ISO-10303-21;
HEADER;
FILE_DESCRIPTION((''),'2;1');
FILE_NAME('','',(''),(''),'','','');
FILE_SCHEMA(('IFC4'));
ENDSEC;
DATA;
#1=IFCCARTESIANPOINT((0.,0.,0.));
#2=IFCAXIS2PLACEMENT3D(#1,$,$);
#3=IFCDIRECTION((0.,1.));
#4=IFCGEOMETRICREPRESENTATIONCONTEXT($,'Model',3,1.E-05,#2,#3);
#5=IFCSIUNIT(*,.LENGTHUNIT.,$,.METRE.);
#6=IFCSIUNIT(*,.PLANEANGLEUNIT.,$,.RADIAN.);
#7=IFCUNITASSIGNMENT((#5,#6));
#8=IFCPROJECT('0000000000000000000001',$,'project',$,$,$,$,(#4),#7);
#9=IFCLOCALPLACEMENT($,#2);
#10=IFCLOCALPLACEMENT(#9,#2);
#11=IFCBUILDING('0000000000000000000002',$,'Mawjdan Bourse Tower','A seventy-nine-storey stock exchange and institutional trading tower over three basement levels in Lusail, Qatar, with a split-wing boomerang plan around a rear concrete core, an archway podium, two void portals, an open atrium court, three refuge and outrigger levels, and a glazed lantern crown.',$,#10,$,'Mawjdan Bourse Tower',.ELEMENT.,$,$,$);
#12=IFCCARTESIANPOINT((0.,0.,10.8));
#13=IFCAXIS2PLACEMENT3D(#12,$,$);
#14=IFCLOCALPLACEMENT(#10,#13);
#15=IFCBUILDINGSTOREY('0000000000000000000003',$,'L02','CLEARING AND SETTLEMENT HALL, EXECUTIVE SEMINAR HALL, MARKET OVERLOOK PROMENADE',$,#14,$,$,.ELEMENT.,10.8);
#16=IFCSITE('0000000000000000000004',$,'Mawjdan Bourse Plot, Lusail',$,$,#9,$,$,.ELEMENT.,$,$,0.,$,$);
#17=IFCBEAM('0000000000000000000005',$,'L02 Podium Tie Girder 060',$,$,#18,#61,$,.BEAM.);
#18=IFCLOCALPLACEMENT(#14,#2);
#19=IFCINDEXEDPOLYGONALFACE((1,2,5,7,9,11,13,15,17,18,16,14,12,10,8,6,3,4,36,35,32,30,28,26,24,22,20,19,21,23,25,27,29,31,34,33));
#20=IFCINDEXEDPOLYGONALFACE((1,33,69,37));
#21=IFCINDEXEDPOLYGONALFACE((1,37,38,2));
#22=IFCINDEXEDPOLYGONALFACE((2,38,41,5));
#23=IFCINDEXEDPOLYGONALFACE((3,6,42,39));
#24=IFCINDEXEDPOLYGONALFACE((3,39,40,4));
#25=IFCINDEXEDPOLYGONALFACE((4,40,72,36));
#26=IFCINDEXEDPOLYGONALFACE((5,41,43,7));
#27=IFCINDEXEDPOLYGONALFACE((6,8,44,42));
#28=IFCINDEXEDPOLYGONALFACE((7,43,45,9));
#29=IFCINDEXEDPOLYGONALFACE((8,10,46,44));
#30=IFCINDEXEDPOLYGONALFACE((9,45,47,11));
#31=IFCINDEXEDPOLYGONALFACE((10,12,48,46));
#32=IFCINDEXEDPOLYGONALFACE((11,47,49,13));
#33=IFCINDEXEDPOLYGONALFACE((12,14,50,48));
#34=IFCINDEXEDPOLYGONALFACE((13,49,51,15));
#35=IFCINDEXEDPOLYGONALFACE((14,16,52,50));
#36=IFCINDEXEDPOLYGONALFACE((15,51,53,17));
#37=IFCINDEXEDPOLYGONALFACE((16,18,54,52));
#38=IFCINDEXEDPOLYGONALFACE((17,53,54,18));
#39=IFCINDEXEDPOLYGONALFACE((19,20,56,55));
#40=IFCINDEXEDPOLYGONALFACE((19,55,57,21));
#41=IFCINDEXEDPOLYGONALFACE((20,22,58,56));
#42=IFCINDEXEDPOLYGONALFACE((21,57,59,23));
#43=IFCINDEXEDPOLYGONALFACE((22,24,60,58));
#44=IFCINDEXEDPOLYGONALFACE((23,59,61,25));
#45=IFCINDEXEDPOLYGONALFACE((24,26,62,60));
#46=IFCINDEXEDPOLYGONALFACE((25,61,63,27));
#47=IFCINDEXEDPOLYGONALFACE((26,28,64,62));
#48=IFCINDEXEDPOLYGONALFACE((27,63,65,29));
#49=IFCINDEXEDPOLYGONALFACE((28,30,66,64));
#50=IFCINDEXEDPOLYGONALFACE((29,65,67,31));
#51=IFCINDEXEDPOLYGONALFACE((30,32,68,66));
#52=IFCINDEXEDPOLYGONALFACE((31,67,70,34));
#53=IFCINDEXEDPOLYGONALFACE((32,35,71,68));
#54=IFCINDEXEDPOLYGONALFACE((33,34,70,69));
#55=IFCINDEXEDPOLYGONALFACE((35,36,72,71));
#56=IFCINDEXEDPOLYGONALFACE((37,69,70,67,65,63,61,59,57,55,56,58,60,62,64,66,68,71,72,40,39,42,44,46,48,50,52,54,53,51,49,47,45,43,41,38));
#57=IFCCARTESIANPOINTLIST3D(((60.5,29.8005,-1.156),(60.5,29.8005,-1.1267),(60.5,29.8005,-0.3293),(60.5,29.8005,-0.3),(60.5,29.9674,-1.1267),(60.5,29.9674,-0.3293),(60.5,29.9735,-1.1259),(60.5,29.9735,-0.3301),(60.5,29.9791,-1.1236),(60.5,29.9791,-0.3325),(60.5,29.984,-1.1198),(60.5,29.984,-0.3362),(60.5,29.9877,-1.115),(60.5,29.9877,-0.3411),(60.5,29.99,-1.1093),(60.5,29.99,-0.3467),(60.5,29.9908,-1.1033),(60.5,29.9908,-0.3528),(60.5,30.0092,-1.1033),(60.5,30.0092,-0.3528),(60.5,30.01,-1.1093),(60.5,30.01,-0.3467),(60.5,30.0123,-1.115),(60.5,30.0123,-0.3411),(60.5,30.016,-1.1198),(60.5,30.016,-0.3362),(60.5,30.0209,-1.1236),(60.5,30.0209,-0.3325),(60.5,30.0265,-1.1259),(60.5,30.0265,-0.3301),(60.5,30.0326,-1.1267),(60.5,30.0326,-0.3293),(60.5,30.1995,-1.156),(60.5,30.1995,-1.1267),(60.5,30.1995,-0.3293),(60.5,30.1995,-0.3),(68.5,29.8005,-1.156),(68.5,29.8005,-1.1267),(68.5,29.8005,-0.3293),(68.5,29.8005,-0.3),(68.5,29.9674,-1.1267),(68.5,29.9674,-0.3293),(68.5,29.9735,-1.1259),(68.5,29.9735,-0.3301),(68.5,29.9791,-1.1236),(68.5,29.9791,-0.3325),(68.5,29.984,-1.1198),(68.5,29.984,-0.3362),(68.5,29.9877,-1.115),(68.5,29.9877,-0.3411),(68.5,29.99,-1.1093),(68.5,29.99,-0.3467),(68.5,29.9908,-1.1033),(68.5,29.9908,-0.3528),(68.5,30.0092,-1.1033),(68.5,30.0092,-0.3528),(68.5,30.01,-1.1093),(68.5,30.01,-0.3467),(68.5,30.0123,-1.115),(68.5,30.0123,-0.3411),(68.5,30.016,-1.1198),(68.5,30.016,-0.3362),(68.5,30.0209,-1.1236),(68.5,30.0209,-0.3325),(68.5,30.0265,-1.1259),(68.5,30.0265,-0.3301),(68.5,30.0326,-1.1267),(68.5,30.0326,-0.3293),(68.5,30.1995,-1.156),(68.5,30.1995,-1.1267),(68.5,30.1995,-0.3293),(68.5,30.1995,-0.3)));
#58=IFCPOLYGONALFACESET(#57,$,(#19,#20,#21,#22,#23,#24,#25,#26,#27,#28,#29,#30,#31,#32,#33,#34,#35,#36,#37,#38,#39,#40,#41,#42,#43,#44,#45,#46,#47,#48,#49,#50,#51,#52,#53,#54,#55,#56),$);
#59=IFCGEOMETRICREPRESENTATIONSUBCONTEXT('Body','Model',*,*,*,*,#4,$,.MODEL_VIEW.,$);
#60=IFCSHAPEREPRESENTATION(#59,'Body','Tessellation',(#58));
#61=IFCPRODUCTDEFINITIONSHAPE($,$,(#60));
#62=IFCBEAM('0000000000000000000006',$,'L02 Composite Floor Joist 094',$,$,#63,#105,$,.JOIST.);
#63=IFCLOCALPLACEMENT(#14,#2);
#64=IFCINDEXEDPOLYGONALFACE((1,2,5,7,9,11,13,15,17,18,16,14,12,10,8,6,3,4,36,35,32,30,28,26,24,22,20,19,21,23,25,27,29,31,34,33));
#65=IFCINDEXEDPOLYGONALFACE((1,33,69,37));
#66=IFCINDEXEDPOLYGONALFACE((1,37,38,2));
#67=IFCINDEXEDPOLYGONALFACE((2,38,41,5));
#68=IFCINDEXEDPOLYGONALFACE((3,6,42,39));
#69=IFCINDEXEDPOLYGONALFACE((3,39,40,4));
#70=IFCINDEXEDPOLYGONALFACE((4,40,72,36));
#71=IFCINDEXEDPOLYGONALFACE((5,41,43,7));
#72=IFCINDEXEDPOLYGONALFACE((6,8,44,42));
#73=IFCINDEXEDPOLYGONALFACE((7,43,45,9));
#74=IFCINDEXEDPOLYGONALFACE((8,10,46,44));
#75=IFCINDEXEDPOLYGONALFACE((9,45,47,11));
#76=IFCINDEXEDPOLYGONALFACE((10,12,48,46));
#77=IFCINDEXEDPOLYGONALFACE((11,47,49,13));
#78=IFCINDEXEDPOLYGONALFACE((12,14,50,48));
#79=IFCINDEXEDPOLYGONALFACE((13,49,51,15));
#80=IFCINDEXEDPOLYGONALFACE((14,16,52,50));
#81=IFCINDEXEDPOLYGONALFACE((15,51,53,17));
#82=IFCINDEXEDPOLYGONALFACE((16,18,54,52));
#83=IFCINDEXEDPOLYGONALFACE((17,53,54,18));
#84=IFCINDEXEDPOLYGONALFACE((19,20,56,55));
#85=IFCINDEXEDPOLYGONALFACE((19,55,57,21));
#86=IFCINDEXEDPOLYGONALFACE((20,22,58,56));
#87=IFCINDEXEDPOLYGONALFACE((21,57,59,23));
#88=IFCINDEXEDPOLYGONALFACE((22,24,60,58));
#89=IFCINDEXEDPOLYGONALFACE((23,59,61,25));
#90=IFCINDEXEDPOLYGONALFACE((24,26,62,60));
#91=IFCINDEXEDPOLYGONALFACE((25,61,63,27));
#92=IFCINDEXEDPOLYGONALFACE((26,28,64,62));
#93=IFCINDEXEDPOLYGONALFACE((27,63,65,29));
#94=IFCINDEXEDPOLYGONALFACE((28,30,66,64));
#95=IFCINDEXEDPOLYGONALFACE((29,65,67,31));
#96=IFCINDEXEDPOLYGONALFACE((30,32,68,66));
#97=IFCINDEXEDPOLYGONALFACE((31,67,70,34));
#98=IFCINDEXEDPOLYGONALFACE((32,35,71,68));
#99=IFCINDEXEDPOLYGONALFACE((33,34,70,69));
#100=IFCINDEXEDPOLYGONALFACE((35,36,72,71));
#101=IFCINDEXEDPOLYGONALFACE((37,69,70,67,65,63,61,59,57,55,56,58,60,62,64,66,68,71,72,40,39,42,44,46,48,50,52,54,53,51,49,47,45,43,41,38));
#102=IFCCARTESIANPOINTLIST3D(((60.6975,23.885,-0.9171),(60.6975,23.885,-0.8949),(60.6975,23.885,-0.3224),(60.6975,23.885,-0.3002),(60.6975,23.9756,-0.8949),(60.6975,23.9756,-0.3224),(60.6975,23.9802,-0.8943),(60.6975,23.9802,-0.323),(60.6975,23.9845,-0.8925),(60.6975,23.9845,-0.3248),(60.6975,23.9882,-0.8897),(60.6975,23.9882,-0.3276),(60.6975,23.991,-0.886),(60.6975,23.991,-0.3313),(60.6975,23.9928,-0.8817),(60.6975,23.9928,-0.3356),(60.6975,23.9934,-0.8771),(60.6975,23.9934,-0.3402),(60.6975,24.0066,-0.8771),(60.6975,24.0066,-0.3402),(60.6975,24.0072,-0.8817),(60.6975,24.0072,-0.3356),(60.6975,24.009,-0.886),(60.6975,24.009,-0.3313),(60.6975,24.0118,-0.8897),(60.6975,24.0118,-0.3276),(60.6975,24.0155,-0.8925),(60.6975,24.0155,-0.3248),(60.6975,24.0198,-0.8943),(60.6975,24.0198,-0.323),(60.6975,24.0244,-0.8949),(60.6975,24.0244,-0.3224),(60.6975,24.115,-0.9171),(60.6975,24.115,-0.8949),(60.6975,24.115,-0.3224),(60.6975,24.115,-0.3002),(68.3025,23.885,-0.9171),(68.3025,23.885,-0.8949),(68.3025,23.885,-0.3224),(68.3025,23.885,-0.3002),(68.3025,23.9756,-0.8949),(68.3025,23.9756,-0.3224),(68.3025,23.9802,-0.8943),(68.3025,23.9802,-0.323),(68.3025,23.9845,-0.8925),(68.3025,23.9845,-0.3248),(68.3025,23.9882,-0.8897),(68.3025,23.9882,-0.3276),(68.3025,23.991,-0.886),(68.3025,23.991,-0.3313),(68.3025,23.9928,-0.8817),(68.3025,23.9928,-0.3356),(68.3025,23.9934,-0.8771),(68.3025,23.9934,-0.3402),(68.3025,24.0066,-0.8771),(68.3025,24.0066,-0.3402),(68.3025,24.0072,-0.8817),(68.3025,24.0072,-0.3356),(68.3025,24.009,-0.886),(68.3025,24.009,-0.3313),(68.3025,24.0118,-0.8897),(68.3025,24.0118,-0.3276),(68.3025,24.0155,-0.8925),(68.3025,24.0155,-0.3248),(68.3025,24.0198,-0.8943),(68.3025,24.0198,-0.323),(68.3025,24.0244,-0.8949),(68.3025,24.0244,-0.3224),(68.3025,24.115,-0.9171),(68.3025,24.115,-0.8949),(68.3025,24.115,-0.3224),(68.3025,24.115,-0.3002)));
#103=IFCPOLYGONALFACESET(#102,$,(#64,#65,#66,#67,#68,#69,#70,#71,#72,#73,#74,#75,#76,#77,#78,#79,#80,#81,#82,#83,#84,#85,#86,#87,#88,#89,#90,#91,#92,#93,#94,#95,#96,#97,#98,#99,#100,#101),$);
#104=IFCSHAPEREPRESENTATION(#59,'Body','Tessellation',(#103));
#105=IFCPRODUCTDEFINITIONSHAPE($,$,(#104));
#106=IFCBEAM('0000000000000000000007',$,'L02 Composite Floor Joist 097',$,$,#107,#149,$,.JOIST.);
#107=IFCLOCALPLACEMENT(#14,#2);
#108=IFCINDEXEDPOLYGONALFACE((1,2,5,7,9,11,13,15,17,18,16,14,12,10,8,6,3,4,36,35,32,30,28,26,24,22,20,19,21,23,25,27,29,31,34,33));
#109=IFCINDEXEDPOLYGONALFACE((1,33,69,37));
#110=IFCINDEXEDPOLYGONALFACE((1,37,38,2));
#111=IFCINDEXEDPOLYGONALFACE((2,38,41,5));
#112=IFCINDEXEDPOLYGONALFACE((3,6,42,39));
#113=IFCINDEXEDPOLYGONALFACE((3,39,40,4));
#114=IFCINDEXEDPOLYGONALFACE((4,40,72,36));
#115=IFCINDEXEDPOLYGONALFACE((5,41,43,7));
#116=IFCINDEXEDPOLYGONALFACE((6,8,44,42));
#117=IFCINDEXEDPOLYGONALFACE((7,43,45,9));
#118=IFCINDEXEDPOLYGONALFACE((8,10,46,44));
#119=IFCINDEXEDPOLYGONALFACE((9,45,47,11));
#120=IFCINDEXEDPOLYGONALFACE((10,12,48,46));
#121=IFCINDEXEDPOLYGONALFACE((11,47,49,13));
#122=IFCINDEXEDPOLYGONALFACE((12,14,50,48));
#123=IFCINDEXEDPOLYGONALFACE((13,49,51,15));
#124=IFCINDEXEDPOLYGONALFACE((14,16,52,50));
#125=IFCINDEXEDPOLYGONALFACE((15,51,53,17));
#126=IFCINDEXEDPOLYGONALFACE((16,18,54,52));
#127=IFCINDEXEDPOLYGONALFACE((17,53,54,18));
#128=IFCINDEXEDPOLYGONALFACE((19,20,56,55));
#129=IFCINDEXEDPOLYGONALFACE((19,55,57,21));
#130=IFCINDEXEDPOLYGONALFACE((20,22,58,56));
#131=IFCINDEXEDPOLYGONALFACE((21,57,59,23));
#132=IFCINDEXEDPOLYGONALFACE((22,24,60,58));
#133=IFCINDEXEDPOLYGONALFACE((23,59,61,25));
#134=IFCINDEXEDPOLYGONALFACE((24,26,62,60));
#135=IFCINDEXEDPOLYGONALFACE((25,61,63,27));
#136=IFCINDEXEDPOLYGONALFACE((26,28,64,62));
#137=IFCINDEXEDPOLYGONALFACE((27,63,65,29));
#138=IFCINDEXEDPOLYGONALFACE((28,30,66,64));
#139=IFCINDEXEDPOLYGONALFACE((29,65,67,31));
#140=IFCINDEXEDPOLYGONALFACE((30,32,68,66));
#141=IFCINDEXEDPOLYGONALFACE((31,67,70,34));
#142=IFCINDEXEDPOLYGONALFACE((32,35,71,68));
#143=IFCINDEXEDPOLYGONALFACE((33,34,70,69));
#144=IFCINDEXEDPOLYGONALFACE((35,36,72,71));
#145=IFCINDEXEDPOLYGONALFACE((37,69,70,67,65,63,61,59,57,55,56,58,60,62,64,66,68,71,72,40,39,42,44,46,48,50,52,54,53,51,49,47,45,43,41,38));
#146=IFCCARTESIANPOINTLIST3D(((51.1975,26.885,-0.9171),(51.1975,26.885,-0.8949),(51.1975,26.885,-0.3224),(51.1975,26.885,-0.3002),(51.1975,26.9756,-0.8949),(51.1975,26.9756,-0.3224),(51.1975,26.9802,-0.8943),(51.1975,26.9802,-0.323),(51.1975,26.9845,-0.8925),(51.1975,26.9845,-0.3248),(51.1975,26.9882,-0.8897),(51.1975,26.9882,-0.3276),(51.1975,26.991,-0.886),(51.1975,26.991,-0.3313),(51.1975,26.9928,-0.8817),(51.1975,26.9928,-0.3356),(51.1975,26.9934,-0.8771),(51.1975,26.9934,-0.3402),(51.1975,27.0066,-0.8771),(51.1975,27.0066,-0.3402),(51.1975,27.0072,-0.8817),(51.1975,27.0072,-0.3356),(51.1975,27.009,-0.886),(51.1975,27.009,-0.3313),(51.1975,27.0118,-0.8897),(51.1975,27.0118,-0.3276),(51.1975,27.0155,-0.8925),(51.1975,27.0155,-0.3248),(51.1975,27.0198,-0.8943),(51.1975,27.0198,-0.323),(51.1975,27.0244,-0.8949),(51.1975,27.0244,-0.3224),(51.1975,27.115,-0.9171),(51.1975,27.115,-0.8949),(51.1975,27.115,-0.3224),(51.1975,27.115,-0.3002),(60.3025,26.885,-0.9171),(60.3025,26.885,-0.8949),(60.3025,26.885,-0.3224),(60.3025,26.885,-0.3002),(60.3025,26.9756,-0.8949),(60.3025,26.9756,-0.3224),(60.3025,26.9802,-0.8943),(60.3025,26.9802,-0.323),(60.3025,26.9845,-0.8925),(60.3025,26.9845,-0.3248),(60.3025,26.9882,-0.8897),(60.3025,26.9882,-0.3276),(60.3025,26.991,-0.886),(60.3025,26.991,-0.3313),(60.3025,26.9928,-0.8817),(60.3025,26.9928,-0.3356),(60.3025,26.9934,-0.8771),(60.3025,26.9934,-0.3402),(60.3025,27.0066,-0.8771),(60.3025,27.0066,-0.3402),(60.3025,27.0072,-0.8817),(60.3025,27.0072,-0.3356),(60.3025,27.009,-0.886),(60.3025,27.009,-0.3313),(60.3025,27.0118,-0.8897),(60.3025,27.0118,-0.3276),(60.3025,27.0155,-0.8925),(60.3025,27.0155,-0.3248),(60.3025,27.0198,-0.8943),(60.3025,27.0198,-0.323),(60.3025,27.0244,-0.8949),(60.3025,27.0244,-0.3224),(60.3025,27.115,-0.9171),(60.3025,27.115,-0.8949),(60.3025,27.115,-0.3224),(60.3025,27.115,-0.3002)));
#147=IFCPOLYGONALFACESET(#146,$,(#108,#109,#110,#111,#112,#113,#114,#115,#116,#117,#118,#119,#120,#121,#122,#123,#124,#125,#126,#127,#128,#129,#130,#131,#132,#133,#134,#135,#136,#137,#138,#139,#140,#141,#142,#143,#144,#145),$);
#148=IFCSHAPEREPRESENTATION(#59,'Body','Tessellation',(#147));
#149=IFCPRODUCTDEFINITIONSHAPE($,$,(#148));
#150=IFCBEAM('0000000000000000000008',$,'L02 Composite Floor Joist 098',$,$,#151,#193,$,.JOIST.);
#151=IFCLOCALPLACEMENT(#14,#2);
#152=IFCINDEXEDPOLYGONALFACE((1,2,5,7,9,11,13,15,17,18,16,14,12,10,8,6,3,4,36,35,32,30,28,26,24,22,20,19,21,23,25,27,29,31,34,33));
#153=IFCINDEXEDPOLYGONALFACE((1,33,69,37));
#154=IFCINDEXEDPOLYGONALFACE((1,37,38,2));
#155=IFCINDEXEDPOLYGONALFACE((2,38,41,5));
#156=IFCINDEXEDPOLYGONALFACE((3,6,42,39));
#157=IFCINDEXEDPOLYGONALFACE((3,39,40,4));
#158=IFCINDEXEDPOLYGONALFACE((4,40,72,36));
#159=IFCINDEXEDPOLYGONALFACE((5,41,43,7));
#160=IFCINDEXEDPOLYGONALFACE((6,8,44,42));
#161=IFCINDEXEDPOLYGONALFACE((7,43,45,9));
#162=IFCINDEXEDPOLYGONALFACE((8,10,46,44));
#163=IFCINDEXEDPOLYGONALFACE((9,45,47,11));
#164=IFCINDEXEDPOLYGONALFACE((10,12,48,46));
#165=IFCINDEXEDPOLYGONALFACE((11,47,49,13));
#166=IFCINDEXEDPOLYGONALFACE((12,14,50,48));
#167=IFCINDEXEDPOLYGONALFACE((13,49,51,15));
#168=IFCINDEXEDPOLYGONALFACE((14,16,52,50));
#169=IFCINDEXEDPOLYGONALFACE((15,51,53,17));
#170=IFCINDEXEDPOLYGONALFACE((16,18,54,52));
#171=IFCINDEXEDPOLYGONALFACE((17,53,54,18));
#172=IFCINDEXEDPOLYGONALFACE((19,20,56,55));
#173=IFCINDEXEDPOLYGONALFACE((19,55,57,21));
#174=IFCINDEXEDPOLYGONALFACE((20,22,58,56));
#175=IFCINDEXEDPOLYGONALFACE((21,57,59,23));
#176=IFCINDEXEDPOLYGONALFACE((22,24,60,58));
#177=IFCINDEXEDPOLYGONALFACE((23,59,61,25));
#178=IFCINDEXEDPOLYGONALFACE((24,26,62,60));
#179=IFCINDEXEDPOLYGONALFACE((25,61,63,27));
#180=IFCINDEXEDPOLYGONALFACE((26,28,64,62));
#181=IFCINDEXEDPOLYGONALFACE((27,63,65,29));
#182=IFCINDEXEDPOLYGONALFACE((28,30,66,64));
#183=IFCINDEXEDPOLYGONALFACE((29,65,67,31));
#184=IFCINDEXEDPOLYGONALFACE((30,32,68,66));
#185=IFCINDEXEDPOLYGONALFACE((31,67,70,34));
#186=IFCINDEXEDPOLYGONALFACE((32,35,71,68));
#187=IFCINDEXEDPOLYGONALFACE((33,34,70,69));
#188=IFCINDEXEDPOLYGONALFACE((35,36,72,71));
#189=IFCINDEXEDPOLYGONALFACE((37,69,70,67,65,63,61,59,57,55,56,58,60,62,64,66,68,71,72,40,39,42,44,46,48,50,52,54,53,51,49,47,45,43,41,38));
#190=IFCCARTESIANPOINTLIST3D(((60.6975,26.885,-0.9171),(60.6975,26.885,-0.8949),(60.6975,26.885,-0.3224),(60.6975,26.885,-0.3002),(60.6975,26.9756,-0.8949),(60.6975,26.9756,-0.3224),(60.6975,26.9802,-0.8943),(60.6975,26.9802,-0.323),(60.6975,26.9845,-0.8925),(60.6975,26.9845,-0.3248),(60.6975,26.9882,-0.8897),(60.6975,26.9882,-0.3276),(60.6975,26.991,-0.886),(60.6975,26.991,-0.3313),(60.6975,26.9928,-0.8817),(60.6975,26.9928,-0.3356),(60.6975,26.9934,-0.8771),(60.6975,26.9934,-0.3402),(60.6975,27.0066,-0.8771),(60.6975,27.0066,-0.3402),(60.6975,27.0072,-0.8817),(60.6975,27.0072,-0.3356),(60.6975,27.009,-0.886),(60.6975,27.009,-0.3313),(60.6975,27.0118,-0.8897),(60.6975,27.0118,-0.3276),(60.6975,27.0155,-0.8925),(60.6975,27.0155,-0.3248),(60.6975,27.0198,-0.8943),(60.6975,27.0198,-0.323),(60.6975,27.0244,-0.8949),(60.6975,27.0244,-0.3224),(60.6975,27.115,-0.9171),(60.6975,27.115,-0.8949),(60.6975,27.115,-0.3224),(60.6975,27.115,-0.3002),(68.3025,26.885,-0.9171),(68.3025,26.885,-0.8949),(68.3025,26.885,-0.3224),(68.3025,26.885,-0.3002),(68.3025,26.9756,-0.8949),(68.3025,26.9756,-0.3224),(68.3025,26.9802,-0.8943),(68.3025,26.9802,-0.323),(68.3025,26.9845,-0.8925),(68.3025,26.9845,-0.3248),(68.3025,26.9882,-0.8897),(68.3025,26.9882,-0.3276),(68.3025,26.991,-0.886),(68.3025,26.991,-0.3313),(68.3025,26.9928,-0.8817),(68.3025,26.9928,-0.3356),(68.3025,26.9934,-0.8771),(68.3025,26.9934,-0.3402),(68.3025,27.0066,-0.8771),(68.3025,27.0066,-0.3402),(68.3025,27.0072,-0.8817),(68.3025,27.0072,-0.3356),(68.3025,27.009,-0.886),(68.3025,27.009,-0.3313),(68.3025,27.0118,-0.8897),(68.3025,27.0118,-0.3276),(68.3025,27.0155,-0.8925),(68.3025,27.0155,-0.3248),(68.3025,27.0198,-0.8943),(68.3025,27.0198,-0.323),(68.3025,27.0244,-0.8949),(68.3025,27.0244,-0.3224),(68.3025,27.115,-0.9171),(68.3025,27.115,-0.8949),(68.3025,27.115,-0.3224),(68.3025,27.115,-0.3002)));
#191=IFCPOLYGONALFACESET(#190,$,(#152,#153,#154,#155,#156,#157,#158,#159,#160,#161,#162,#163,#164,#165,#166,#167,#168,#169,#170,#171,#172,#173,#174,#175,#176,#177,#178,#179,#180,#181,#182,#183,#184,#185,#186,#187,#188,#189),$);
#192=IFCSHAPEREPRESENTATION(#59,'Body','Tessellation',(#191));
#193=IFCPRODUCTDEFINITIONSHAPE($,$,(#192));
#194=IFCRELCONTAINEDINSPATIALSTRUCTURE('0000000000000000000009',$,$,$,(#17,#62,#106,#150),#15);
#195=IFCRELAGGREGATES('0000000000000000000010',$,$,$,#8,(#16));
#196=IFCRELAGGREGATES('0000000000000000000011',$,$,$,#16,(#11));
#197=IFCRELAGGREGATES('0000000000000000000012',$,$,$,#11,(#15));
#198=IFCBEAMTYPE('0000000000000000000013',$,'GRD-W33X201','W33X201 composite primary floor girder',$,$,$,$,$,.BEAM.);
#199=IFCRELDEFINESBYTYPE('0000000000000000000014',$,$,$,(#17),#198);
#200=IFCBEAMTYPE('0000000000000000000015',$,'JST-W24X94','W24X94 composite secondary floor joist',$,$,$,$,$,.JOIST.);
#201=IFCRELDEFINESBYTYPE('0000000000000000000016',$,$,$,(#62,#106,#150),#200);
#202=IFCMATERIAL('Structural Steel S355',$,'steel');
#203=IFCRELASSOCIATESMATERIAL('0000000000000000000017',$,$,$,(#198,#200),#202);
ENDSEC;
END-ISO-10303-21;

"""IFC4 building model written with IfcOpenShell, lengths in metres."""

from ifc_helpers import new_model, si_unit, direction, frame, origin, origin_2d, place, context, subcontext, project, spatial, i_section, extrude, material, material_profile, profile_set, type_object, element, save


model = new_model("IFC4")

# Units and contexts
model_context = context("Model", 3, precision=1e-05, world=origin(), true_north=direction((0.0, 1.0)))
body_context = subcontext(model_context, "Body", "Model", "MODEL_VIEW")
ifc_project = project(units=[si_unit("LENGTHUNIT", "METRE"), si_unit("PLANEANGLEUNIT", "RADIAN")], contexts=[model_context])

# Site, building, storey
site_placement = place(None, origin())
site = spatial("IfcSite", under=ifc_project, at=site_placement, Name="Mawjdan Bourse Plot, Lusail", CompositionType="ELEMENT", RefElevation=0.0)
building_placement = place(site_placement, origin())
building = spatial("IfcBuilding", under=site, at=building_placement, Name="Mawjdan Bourse Tower", Description="A seventy-nine-storey stock exchange and institutional trading tower over three basement levels in Lusail, Qatar, with a split-wing boomerang plan around a rear concrete core, an archway podium, two void portals, an open atrium court, three refuge and outrigger levels, and a glazed lantern crown.", LongName="Mawjdan Bourse Tower", CompositionType="ELEMENT")
storey_placement = place(building_placement, frame((0.0, 0.0, 10.8)))
storey = spatial("IfcBuildingStorey", under=building, at=storey_placement, Name="L02", Description="CLEARING AND SETTLEMENT HALL, EXECUTIVE SEMINAR HALL, MARKET OVERLOOK PROMENADE", CompositionType="ELEMENT", Elevation=10.8)

# Beams
ifc_material_1 = material(Name="Structural Steel S355", Category="steel")
ifc_material_profile_1 = material_profile(ifc_material_1, i_section(OverallWidth=0.3989, OverallDepth=0.856, WebThickness=0.0183, FlangeThickness=0.0293, FilletRadius=0.0234, at=origin_2d()), Name="W33X201")
ifc_profile_set_1 = profile_set([ifc_material_profile_1], Name="Structural Steel S355")
beam_type_1 = type_object("IfcBeamType", Name="GRD-W33X201", Description="W33X201 composite primary floor girder", PredefinedType="BEAM", material=ifc_profile_set_1)
beam_1_placement = place(storey_placement, frame((60.5, 30.0, -0.728), z_axis=(1.0, 0.0, 0.0), x_axis=(0.0, 1.0, 0.0)))
element("IfcBeam", 1, at=beam_1_placement, inside=storey, type_object=beam_type_1, Name="L02 Podium Tie Girder 060", PredefinedType="BEAM", context=body_context, shape_type="SweptSolid", body=[
    extrude(i_section(OverallWidth=0.3989, OverallDepth=0.856, WebThickness=0.0183, FlangeThickness=0.0293, FilletRadius=0.0234, at=origin_2d()), origin(), (0.0, 0.0, 1.0), 8.0),
])
ifc_material_profile_2 = material_profile(ifc_material_1, i_section(OverallWidth=0.23, OverallDepth=0.6169, WebThickness=0.0132, FlangeThickness=0.0222, FilletRadius=0.0178, at=origin_2d()), Name="W24X94")
ifc_profile_set_2 = profile_set([ifc_material_profile_2], Name="Structural Steel S355")
beam_type_2 = type_object("IfcBeamType", Name="JST-W24X94", Description="W24X94 composite secondary floor joist", PredefinedType="JOIST", material=ifc_profile_set_2)
beam_2_placement = place(storey_placement, frame((60.6975, 24.0, -0.6086), z_axis=(1.0, 0.0, 0.0), x_axis=(0.0, 1.0, 0.0)))
element("IfcBeam", 2, at=beam_2_placement, inside=storey, type_object=beam_type_2, Name="L02 Composite Floor Joist 094", PredefinedType="JOIST", context=body_context, shape_type="SweptSolid", body=[
    extrude(i_section(OverallWidth=0.23, OverallDepth=0.6169, WebThickness=0.0132, FlangeThickness=0.0222, FilletRadius=0.0178, at=origin_2d()), origin(), (0.0, 0.0, 1.0), 7.605),
])
beam_3_placement = place(storey_placement, frame((51.1975, 27.0, -0.6086), z_axis=(1.0, 0.0, 0.0), x_axis=(0.0, 1.0, 0.0)))
element("IfcBeam", 3, at=beam_3_placement, inside=storey, type_object=beam_type_2, Name="L02 Composite Floor Joist 097", PredefinedType="JOIST", context=body_context, shape_type="SweptSolid", body=[
    extrude(i_section(OverallWidth=0.23, OverallDepth=0.6169, WebThickness=0.0132, FlangeThickness=0.0222, FilletRadius=0.0178, at=origin_2d()), origin(), (0.0, 0.0, 1.0), 9.105),
])
beam_4_placement = place(storey_placement, frame((60.6975, 27.0, -0.6086), z_axis=(1.0, 0.0, 0.0), x_axis=(0.0, 1.0, 0.0)))
element("IfcBeam", 4, at=beam_4_placement, inside=storey, type_object=beam_type_2, Name="L02 Composite Floor Joist 098", PredefinedType="JOIST", context=body_context, shape_type="SweptSolid", body=[
    extrude(i_section(OverallWidth=0.23, OverallDepth=0.6169, WebThickness=0.0132, FlangeThickness=0.0222, FilletRadius=0.0178, at=origin_2d()), origin(), (0.0, 0.0, 1.0), 7.605),
])

save(model, "model.ifc")
